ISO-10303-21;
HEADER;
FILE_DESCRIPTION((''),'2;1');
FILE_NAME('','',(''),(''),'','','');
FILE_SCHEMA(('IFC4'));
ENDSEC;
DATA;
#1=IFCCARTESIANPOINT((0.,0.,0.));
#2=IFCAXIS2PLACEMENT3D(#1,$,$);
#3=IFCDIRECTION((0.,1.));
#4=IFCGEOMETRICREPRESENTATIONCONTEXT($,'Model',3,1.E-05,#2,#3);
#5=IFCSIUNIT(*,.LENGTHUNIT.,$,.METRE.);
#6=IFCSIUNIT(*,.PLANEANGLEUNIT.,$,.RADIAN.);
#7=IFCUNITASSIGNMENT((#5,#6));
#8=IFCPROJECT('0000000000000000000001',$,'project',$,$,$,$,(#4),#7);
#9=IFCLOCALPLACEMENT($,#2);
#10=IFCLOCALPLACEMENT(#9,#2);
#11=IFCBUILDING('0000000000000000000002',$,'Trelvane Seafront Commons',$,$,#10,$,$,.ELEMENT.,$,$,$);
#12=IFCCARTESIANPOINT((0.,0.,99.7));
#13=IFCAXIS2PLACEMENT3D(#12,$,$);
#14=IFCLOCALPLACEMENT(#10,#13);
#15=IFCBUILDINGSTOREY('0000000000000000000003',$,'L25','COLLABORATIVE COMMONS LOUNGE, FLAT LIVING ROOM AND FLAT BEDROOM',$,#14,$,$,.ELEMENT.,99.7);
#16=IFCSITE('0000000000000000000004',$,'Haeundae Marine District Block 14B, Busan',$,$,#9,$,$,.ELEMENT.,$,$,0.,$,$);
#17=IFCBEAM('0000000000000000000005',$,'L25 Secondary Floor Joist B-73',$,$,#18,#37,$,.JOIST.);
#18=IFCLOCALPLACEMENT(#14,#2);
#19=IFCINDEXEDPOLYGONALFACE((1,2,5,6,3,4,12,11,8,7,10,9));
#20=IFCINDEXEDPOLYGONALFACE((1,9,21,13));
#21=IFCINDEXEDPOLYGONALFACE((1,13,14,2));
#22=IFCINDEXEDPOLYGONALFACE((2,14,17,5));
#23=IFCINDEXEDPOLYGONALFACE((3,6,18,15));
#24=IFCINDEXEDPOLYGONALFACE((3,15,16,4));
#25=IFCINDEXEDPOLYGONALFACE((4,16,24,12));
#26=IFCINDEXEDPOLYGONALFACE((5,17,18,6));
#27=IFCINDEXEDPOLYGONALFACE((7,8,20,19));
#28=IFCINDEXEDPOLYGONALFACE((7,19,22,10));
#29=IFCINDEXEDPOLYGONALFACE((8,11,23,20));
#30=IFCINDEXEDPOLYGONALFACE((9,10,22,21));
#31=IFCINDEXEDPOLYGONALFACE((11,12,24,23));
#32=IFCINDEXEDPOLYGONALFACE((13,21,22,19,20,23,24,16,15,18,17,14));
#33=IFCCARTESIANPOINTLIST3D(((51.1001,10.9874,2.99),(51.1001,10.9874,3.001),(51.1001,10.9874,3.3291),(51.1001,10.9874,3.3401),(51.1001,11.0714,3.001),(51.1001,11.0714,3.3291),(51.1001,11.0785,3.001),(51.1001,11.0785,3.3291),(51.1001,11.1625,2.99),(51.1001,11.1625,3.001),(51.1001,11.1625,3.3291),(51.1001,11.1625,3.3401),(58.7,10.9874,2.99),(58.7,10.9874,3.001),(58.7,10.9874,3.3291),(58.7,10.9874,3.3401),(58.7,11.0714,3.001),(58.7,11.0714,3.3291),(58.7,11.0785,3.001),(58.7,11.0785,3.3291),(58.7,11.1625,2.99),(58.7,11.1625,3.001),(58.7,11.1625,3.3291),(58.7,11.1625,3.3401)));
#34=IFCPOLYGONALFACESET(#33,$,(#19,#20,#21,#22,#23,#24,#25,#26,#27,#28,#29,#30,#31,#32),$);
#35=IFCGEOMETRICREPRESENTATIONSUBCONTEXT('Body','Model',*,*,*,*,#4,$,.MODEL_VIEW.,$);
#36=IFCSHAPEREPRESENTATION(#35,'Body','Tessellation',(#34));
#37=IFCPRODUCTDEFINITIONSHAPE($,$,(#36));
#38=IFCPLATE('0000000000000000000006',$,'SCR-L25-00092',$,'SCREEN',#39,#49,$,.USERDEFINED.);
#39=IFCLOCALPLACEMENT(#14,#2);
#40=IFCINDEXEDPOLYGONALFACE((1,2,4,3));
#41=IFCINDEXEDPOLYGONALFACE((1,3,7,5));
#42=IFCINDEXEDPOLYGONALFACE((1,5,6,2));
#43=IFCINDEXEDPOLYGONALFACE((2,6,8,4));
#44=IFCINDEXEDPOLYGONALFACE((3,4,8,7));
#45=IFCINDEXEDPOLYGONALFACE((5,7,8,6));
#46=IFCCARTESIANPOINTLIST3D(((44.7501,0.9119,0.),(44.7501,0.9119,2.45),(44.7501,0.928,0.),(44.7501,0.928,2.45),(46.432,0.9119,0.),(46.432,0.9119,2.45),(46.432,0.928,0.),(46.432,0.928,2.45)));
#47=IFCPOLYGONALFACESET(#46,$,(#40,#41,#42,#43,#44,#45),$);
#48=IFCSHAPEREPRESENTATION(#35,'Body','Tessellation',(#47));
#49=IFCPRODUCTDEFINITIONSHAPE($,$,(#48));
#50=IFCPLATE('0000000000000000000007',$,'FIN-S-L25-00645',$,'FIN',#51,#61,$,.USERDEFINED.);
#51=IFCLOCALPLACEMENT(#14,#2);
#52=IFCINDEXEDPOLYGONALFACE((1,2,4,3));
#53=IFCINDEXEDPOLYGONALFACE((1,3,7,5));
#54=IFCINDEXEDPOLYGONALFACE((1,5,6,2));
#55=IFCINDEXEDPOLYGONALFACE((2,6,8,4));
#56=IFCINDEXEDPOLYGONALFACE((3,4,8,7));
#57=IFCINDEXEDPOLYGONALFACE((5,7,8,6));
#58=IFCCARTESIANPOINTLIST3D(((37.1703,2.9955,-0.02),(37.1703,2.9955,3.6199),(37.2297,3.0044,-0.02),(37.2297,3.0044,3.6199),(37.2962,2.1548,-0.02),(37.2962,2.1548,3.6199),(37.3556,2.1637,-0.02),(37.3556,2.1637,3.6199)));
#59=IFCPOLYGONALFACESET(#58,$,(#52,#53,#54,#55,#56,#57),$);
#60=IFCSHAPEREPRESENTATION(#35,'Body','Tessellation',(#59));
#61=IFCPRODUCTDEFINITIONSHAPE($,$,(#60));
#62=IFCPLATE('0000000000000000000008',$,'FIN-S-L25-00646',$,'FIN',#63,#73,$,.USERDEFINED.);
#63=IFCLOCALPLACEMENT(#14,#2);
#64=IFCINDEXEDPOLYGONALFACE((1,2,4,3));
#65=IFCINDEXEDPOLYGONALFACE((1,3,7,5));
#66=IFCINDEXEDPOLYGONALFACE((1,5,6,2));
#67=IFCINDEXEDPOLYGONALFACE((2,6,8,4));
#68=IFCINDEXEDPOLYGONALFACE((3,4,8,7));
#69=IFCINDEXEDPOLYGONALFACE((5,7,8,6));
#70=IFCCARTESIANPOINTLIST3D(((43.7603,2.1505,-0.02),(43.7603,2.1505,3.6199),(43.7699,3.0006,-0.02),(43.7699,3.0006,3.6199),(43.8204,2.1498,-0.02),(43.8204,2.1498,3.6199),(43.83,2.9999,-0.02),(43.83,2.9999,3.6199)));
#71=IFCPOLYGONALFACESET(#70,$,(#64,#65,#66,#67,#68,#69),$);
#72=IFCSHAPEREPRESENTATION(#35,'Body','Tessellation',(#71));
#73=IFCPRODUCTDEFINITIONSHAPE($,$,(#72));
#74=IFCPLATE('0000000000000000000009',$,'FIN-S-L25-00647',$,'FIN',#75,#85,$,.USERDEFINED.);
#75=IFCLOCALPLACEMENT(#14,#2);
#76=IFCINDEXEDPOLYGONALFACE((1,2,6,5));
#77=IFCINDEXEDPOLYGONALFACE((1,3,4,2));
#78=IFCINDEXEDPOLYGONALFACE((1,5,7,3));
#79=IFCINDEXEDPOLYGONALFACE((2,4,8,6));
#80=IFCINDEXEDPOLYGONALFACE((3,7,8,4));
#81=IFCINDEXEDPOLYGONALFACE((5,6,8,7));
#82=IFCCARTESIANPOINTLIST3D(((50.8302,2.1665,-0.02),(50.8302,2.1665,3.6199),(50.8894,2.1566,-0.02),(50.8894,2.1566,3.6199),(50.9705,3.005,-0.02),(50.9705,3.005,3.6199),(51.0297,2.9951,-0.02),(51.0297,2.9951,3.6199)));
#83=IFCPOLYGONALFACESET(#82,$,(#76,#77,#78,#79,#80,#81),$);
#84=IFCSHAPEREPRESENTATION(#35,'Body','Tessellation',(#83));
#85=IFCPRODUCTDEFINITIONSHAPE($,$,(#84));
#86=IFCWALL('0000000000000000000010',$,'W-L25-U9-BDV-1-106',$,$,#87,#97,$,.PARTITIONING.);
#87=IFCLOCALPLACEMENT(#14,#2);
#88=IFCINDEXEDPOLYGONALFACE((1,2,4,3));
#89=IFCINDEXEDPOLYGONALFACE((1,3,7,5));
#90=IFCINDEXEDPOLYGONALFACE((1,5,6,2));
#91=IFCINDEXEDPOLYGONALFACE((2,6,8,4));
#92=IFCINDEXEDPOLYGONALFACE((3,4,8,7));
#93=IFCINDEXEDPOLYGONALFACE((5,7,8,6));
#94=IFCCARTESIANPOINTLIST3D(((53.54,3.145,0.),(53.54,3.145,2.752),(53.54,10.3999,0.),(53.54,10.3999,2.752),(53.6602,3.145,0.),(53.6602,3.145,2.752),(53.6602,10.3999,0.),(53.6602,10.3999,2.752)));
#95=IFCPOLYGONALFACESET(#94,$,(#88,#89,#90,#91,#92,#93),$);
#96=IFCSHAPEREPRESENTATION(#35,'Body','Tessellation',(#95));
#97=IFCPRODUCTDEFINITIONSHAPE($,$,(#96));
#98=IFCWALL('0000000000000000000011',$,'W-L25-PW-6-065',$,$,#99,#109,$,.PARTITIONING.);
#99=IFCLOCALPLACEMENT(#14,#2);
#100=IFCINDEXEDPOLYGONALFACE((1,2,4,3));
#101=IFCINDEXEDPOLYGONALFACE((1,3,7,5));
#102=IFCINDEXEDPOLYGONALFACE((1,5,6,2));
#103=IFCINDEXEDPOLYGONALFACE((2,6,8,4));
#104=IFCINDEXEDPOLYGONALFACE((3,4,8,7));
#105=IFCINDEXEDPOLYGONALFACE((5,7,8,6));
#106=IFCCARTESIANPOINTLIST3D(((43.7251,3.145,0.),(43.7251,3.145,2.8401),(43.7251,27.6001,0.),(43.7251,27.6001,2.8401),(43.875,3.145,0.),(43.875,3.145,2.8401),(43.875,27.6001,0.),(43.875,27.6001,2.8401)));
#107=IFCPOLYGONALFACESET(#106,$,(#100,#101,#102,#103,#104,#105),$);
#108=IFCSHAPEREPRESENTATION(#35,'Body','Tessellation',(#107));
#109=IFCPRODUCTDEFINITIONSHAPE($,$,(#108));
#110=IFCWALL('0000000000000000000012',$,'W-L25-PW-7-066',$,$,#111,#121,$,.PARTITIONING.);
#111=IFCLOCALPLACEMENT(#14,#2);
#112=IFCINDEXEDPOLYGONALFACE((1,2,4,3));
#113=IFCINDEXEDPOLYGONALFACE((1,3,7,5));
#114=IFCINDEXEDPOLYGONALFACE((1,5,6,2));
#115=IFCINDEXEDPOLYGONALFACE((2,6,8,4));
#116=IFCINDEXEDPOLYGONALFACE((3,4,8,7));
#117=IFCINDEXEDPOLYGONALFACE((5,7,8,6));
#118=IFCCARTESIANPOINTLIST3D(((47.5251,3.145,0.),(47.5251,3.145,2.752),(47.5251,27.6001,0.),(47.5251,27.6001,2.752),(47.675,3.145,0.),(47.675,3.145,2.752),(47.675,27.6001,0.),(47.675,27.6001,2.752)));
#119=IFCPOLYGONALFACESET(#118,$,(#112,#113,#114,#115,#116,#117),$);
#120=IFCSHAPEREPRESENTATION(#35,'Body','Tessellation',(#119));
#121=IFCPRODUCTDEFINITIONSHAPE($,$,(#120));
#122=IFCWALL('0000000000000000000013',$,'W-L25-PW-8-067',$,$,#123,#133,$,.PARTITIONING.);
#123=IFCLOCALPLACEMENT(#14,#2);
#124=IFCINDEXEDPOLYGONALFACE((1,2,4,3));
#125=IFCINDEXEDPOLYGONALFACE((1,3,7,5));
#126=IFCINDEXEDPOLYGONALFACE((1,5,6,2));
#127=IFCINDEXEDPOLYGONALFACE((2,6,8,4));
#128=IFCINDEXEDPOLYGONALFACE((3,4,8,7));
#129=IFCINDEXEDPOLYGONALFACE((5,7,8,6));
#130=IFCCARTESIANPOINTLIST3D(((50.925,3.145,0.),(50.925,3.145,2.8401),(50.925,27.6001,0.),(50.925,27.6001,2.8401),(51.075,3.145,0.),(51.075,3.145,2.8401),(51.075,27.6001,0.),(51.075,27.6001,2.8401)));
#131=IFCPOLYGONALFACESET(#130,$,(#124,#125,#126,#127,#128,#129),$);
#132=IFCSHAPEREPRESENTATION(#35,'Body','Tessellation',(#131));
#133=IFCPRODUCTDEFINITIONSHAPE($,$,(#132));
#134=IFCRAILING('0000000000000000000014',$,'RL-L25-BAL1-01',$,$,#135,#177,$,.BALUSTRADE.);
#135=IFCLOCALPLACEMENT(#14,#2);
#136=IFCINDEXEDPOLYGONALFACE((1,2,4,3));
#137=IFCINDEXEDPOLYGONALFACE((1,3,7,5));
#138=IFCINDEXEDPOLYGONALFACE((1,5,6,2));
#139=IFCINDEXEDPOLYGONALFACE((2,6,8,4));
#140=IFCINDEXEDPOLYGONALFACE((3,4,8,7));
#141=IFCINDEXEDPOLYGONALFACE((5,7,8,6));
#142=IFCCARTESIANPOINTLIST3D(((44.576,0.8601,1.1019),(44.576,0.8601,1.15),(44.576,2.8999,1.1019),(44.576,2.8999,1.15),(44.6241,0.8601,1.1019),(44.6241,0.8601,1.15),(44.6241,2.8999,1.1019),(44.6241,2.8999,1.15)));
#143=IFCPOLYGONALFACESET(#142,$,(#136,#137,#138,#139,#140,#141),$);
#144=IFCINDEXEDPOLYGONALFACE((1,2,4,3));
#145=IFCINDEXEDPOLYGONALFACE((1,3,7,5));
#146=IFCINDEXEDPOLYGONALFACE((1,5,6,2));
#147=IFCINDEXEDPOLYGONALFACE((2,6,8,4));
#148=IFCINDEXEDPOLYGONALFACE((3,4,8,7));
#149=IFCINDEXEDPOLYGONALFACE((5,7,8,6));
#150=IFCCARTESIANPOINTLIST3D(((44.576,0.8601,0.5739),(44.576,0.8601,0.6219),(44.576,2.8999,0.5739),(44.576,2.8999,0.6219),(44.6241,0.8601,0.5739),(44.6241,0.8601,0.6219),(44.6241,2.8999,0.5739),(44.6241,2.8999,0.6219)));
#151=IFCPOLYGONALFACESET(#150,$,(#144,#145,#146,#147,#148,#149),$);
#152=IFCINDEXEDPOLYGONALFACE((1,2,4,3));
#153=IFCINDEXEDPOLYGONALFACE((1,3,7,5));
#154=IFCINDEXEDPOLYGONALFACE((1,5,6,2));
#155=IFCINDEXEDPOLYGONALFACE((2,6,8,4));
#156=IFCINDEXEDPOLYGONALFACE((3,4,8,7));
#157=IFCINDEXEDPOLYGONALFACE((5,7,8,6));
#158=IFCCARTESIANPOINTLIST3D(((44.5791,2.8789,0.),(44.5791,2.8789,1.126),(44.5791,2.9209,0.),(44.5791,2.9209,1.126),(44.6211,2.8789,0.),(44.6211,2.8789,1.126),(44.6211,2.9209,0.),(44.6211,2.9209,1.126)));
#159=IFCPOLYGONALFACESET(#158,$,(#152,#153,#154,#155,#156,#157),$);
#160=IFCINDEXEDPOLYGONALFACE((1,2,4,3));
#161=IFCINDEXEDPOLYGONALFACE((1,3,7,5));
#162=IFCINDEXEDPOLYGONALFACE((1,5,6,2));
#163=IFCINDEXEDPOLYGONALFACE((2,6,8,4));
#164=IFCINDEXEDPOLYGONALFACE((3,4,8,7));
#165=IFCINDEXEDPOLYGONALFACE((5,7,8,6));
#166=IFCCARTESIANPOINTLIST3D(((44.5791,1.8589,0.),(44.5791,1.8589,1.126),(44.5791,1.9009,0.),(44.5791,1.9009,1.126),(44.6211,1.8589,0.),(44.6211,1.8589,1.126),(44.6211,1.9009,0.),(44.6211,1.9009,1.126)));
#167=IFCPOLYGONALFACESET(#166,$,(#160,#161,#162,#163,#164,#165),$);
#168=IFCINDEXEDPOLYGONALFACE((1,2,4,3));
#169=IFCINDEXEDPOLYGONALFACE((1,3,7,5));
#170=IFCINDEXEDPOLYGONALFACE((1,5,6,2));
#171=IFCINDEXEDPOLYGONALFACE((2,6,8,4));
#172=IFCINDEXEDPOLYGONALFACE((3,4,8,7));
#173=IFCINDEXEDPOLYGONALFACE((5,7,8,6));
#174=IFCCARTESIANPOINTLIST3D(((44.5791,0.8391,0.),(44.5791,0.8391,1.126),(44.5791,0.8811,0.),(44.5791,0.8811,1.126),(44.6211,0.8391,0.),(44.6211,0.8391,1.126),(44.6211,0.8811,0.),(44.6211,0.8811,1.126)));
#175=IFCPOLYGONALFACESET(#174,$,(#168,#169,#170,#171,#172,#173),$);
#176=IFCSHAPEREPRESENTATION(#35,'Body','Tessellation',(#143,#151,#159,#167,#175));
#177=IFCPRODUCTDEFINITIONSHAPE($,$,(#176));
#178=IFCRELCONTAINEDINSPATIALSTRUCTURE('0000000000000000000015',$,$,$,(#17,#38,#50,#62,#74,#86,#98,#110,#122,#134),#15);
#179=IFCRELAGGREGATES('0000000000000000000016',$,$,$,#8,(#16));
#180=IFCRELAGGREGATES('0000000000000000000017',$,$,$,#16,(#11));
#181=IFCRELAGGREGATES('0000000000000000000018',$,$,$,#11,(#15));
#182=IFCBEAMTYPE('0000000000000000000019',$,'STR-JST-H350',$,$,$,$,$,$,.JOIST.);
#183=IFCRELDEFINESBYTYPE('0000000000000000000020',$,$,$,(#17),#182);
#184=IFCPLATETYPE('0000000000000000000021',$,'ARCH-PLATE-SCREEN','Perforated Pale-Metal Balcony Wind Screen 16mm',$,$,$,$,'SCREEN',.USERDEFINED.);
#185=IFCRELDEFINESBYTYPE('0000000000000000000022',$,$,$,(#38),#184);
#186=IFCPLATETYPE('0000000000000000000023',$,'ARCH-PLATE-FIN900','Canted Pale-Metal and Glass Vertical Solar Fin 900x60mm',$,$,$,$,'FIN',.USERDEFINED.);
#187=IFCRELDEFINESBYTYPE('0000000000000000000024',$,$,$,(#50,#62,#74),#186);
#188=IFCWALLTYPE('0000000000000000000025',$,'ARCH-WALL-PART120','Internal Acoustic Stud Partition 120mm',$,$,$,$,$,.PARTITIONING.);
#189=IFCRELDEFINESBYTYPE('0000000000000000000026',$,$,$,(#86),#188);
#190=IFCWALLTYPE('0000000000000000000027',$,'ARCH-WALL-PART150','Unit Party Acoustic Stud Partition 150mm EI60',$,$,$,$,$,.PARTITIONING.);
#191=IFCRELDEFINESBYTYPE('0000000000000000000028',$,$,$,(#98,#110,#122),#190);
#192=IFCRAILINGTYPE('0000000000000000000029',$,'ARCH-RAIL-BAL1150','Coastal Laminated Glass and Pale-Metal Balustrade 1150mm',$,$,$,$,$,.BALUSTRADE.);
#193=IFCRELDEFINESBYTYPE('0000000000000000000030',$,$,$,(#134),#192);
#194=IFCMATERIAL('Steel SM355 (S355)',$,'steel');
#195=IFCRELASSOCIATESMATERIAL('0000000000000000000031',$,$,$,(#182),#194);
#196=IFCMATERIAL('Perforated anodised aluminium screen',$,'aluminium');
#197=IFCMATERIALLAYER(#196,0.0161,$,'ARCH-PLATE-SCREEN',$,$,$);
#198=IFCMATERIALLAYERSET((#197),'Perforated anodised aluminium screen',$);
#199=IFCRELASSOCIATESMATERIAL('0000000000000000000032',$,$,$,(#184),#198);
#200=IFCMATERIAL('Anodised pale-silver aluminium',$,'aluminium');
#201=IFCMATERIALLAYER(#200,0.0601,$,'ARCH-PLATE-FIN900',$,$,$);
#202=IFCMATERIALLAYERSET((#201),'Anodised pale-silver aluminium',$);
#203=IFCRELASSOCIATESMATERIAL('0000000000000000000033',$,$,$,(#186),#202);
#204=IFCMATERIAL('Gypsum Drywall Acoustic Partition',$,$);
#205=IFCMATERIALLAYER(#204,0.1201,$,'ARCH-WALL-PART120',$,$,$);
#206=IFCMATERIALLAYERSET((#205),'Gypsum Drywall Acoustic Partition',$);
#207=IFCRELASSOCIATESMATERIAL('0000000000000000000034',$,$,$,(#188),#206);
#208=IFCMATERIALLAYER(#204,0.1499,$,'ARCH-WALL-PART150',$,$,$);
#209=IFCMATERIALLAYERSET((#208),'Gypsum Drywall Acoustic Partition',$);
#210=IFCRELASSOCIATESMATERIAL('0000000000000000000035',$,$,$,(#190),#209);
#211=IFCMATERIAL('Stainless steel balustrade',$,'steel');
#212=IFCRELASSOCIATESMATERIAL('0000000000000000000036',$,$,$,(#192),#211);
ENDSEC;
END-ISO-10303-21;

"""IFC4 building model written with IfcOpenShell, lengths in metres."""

from ifc_helpers import new_model, si_unit, direction, frame, frame_2d, origin, origin_2d, place, context, subcontext, project, spatial, rectangle, i_section, extrude, source, transform, mapped, material, layer, layer_set, material_profile, profile_set, type_object, element, save


model = new_model("IFC4")

# Units and contexts
model_context = context("Model", 3, precision=1e-05, world=origin(), true_north=direction((0.0, 1.0)))
body_context = subcontext(model_context, "Body", "Model", "MODEL_VIEW")
ifc_project = project(units=[si_unit("LENGTHUNIT", "METRE"), si_unit("PLANEANGLEUNIT", "RADIAN")], contexts=[model_context])

# Site, building, storey
site_placement = place(None, origin())
site = spatial("IfcSite", under=ifc_project, at=site_placement, Name="Haeundae Marine District Block 14B, Busan", CompositionType="ELEMENT", RefElevation=0.0)
building_placement = place(site_placement, origin())
building = spatial("IfcBuilding", under=site, at=building_placement, Name="Trelvane Seafront Commons", CompositionType="ELEMENT")
storey_placement = place(building_placement, frame((0.0, 0.0, 99.7)))
storey = spatial("IfcBuildingStorey", under=building, at=storey_placement, Name="L25", Description="COLLABORATIVE COMMONS LOUNGE, FLAT LIVING ROOM AND FLAT BEDROOM", CompositionType="ELEMENT", Elevation=99.7)

# Shared definitions
ifc_material_1 = material(Name="Steel SM355 (S355)", Category="steel")

# Beam
ifc_material_profile_1 = material_profile(ifc_material_1, i_section(OverallWidth=0.175, OverallDepth=0.3501, WebThickness=0.0071, FlangeThickness=0.011, at=origin_2d()), Name="H-350x175x7x11")
ifc_profile_set_1 = profile_set([ifc_material_profile_1], Name="Steel SM355 (S355)")
beam_type_1 = type_object("IfcBeamType", Name="STR-JST-H350", PredefinedType="JOIST", material=ifc_profile_set_1)
shared_shape_1 = source(origin(), body_context, "Body", "SweptSolid", [
    extrude(i_section(OverallWidth=0.175, OverallDepth=0.3501, WebThickness=0.0071, FlangeThickness=0.011, at=origin_2d()), origin(), (0.0, 0.0, 1.0), 7.5999),
])
beam_1_placement = place(storey_placement, frame((51.1001, 11.075, 3.165), z_axis=(1.0, 0.0, 0.0), x_axis=(0.0, 1.0, 0.0)))
element("IfcBeam", 1, at=beam_1_placement, inside=storey, type_object=beam_type_1, Name="L25 Secondary Floor Joist B-73", PredefinedType="JOIST", context=body_context, shape_type="MappedRepresentation", body=[
    mapped(shared_shape_1, transform((0.0, 0.0, 0.0), x_axis=(1.0, 0.0, 0.0), y_axis=(0.0, 1.0, 0.0), z_axis=(0.0, 0.0, 1.0), scale=1.0)),
])

# Plates
ifc_material_2 = material(Name="Perforated anodised aluminium screen", Category="aluminium")
ifc_layer_1 = layer(ifc_material_2, 0.0161, Name="ARCH-PLATE-SCREEN")
ifc_layer_set_1 = layer_set([ifc_layer_1], Name="Perforated anodised aluminium screen")
plate_type_1 = type_object("IfcPlateType", Name="ARCH-PLATE-SCREEN", Description="Perforated Pale-Metal Balcony Wind Screen 16mm", ElementType="SCREEN", PredefinedType="USERDEFINED", material=ifc_layer_set_1)
shared_shape_2 = source(origin(), body_context, "Body", "SweptSolid", [
    extrude(rectangle(XDim=1.6819, YDim=0.0161, at=origin_2d()), origin(), (0.0, 0.0, 1.0), 2.45),
])
plate_placement = place(storey_placement, frame((45.5911, 0.9199, 0.0), z_axis=(0.0, 0.0, 1.0), x_axis=(1.0, 0.0, 0.0)))
element("IfcPlate", 2, at=plate_placement, inside=storey, type_object=plate_type_1, Name="SCR-L25-00092", ObjectType="SCREEN", PredefinedType="USERDEFINED", context=body_context, shape_type="MappedRepresentation", body=[
    mapped(shared_shape_2, transform((0.0, 0.0, 0.0), x_axis=(1.0, 0.0, 0.0), y_axis=(0.0, 1.0, 0.0), z_axis=(0.0, 0.0, 1.0), scale=1.0)),
])
ifc_material_3 = material(Name="Anodised pale-silver aluminium", Category="aluminium")
ifc_layer_2 = layer(ifc_material_3, 0.0601, Name="ARCH-PLATE-FIN900")
ifc_layer_set_2 = layer_set([ifc_layer_2], Name="Anodised pale-silver aluminium")
plate_type_2 = type_object("IfcPlateType", Name="ARCH-PLATE-FIN900", Description="Canted Pale-Metal and Glass Vertical Solar Fin 900x60mm", ElementType="FIN", PredefinedType="USERDEFINED", material=ifc_layer_set_2)
shared_shape_3 = source(origin(), body_context, "Body", "SweptSolid", [
    extrude(rectangle(XDim=0.8501, YDim=0.0601, at=origin_2d()), origin(), (0.0, 0.0, 1.0), 3.6399),
])
for number, where, z_axis, x_axis, name in (
    (3, (37.2629, 2.5796, -0.02), (0.0, 0.0, 1.0), (0.148122, -0.988969, 0.0), "FIN-S-L25-00645"),
    (4, (43.7952, 2.5752, -0.02), (0.0, 0.0, 1.0), (-0.011296, -0.999936, 0.0), "FIN-S-L25-00646"),
    (5, (50.9299, 2.5808, -0.02), (0.0, 0.0, 1.0), (-0.165067, -0.986282, 0.0), "FIN-S-L25-00647"),
):
    element("IfcPlate", number, at=place(storey_placement, frame(where, z_axis=z_axis, x_axis=x_axis)), inside=storey, type_object=plate_type_2, Name=name, ObjectType="FIN", PredefinedType="USERDEFINED", context=body_context, shape_type="MappedRepresentation", body=[
        mapped(shared_shape_3, transform((0.0, 0.0, 0.0), x_axis=(1.0, 0.0, 0.0), y_axis=(0.0, 1.0, 0.0), z_axis=(0.0, 0.0, 1.0), scale=1.0)),
    ])

# Shared definitions
ifc_material_4 = material(Name="Gypsum Drywall Acoustic Partition")
ifc_layer_3 = layer(ifc_material_4, 0.1201, Name="ARCH-WALL-PART120")
ifc_layer_set_3 = layer_set([ifc_layer_3], Name="Gypsum Drywall Acoustic Partition")
wall_type_1 = type_object("IfcWallType", Name="ARCH-WALL-PART120", Description="Internal Acoustic Stud Partition 120mm", PredefinedType="PARTITIONING", material=ifc_layer_set_3)

# Walls
wall_1_placement = place(storey_placement, frame((53.6001, 3.145, 0.0), z_axis=(0.0, 0.0, 1.0), x_axis=(0.0, 1.0, 0.0)))
element("IfcWall", 6, at=wall_1_placement, inside=storey, type_object=wall_type_1, Name="W-L25-U9-BDV-1-106", PredefinedType="PARTITIONING", context=body_context, shape_type="SweptSolid", body=[
    extrude(rectangle(XDim=7.2549, YDim=0.1201, at=frame_2d((3.6274, 0.0))), origin(), (0.0, 0.0, 1.0), 2.752),
])
ifc_layer_4 = layer(ifc_material_4, 0.1499, Name="ARCH-WALL-PART150")
ifc_layer_set_4 = layer_set([ifc_layer_4], Name="Gypsum Drywall Acoustic Partition")
wall_type_2 = type_object("IfcWallType", Name="ARCH-WALL-PART150", Description="Unit Party Acoustic Stud Partition 150mm EI60", PredefinedType="PARTITIONING", material=ifc_layer_set_4)
wall_2_placement = place(storey_placement, frame((43.8, 3.145, 0.0), z_axis=(0.0, 0.0, 1.0), x_axis=(0.0, 1.0, 0.0)))
element("IfcWall", 7, at=wall_2_placement, inside=storey, type_object=wall_type_2, Name="W-L25-PW-6-065", PredefinedType="PARTITIONING", context=body_context, shape_type="SweptSolid", body=[
    extrude(rectangle(XDim=24.4551, YDim=0.1499, at=frame_2d((12.2275, 0.0))), origin(), (0.0, 0.0, 1.0), 2.8401),
])
wall_3_placement = place(storey_placement, frame((47.6001, 3.145, 0.0), z_axis=(0.0, 0.0, 1.0), x_axis=(0.0, 1.0, 0.0)))
element("IfcWall", 8, at=wall_3_placement, inside=storey, type_object=wall_type_2, Name="W-L25-PW-7-066", PredefinedType="PARTITIONING", context=body_context, shape_type="SweptSolid", body=[
    extrude(rectangle(XDim=24.4551, YDim=0.1499, at=frame_2d((12.2275, 0.0))), origin(), (0.0, 0.0, 1.0), 2.752),
])
wall_4_placement = place(storey_placement, frame((51.0, 3.145, 0.0), z_axis=(0.0, 0.0, 1.0), x_axis=(0.0, 1.0, 0.0)))
element("IfcWall", 9, at=wall_4_placement, inside=storey, type_object=wall_type_2, Name="W-L25-PW-8-067", PredefinedType="PARTITIONING", context=body_context, shape_type="SweptSolid", body=[
    extrude(rectangle(XDim=24.4551, YDim=0.1499, at=frame_2d((12.2275, 0.0))), origin(), (0.0, 0.0, 1.0), 2.8401),
])

# Railing
ifc_material_5 = material(Name="Stainless steel balustrade", Category="steel")
railing_type = type_object("IfcRailingType", Name="ARCH-RAIL-BAL1150", Description="Coastal Laminated Glass and Pale-Metal Balustrade 1150mm", PredefinedType="BALUSTRADE", material=ifc_material_5)
railing_1_placement = place(storey_placement, frame((44.6001, 2.8999, 0.0)))
element("IfcRailing", 10, at=railing_1_placement, inside=storey, type_object=railing_type, Name="RL-L25-BAL1-01", PredefinedType="BALUSTRADE", context=body_context, shape_type="SweptSolid", body=[
    extrude(rectangle(XDim=0.0481, YDim=0.0481, at=origin_2d()), frame((0.0, 0.0, 1.126), z_axis=(0.0, -1.0, 0.0), x_axis=(1.0, 0.0, 0.0)), (0.0, 0.0, 1.0), 2.0398),
    extrude(rectangle(XDim=0.0481, YDim=0.0481, at=origin_2d()), frame((0.0, 0.0, 0.5979), z_axis=(0.0, -1.0, 0.0), x_axis=(1.0, 0.0, 0.0)), (0.0, 0.0, 1.0), 2.0398),
    extrude(rectangle(XDim=0.042, YDim=0.042, at=origin_2d()), origin(), (0.0, 0.0, 1.0), 1.126),
    extrude(rectangle(XDim=0.042, YDim=0.042, at=origin_2d()), frame((0.0, -1.02, 0.0)), (0.0, 0.0, 1.0), 1.126),
    extrude(rectangle(XDim=0.042, YDim=0.042, at=origin_2d()), frame((0.0, -2.0398, 0.0)), (0.0, 0.0, 1.0), 1.126),
])

save(model, "model.ifc")
